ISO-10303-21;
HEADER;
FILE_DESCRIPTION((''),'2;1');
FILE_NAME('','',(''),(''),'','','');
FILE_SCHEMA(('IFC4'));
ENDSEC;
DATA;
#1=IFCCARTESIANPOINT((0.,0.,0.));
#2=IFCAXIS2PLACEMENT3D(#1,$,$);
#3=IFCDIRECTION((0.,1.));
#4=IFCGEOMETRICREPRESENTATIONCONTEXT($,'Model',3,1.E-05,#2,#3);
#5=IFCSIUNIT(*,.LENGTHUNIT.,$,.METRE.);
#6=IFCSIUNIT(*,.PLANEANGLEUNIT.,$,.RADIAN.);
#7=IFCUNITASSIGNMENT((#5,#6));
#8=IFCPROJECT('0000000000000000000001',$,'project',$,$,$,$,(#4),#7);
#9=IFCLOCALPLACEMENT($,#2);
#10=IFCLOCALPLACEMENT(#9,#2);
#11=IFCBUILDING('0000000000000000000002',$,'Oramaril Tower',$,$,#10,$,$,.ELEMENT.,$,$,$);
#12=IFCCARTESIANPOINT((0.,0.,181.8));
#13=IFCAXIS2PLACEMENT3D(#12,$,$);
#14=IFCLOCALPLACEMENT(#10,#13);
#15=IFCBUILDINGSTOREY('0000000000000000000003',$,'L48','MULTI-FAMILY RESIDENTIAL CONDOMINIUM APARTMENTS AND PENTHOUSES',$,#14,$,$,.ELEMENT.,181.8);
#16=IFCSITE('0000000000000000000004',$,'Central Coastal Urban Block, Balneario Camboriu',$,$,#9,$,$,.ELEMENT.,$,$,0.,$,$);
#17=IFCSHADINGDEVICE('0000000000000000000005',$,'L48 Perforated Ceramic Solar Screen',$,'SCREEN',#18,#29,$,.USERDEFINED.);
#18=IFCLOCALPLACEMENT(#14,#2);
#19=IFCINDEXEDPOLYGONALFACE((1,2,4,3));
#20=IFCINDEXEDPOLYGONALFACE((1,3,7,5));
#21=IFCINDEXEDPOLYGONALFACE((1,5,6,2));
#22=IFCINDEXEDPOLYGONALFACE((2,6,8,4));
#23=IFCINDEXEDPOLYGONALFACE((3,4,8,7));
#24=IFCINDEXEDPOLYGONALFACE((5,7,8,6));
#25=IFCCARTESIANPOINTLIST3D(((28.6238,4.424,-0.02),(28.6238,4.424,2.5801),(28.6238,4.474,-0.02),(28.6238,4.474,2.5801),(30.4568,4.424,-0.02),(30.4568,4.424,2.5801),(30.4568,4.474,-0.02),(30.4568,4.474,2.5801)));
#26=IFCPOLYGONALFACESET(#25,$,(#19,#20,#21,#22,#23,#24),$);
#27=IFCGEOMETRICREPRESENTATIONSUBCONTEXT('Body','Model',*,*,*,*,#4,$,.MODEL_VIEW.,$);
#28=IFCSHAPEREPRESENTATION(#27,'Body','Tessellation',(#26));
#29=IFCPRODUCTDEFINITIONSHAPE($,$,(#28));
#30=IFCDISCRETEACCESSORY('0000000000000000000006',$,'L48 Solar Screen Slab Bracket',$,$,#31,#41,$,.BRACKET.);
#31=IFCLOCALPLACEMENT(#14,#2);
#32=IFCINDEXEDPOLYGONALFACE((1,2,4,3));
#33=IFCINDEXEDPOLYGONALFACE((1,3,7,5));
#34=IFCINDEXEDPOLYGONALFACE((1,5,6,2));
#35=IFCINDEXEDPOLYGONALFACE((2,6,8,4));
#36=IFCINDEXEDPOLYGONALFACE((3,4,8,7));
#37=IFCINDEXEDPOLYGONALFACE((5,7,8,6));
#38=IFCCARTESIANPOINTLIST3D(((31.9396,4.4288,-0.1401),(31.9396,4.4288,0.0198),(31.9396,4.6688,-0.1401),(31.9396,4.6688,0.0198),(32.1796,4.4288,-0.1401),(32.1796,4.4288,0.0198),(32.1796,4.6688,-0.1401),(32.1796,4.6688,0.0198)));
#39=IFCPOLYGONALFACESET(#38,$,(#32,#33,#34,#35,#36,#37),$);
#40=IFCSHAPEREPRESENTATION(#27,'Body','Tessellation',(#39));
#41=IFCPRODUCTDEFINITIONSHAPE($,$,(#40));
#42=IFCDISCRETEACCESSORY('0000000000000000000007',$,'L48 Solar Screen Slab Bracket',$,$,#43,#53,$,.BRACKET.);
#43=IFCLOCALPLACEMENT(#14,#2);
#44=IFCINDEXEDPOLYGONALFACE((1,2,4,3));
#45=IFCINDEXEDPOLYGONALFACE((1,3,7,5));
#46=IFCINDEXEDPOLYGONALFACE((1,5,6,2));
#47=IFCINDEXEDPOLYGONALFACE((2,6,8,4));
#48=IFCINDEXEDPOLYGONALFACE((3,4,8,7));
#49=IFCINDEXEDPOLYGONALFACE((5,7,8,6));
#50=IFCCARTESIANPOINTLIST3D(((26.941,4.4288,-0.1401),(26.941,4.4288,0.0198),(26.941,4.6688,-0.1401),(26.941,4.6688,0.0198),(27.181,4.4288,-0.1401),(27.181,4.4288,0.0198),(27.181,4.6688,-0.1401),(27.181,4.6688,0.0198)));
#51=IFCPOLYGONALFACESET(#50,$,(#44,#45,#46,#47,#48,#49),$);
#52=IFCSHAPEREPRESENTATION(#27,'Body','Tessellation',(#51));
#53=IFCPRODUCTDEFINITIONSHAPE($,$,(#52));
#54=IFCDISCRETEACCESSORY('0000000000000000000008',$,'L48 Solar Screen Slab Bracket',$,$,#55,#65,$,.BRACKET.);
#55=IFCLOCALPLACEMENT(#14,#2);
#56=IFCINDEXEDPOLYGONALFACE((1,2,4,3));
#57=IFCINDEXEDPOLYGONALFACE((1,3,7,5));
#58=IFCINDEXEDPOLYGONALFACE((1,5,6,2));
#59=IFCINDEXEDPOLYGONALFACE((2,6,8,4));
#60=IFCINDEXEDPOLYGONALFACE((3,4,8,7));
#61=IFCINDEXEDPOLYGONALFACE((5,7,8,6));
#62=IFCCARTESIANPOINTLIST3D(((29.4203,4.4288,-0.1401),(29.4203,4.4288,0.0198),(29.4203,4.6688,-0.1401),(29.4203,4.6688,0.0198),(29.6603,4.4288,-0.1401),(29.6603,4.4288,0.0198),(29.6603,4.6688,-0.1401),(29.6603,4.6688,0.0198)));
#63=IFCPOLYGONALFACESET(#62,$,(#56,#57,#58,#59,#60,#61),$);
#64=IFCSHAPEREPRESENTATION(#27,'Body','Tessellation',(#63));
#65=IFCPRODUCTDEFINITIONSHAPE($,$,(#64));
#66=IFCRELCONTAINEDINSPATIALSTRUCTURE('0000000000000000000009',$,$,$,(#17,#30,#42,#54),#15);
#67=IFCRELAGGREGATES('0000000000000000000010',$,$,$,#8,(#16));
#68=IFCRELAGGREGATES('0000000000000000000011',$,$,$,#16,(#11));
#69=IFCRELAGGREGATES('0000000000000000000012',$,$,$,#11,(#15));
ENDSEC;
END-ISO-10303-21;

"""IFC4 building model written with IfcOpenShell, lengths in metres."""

from ifc_helpers import new_model, si_unit, direction, frame, origin, origin_2d, place, context, subcontext, project, spatial, rectangle, extrude, element, save


model = new_model("IFC4")

# Units and contexts
model_context = context("Model", 3, precision=1e-05, world=origin(), true_north=direction((0.0, 1.0)))
body_context = subcontext(model_context, "Body", "Model", "MODEL_VIEW")
ifc_project = project(units=[si_unit("LENGTHUNIT", "METRE"), si_unit("PLANEANGLEUNIT", "RADIAN")], contexts=[model_context])

# Site, building, storey
site_placement = place(None, origin())
site = spatial("IfcSite", under=ifc_project, at=site_placement, Name="Central Coastal Urban Block, Balneario Camboriu", CompositionType="ELEMENT", RefElevation=0.0)
building_placement = place(site_placement, origin())
building = spatial("IfcBuilding", under=site, at=building_placement, Name="Oramaril Tower", CompositionType="ELEMENT")
storey_placement = place(building_placement, frame((0.0, 0.0, 181.8)))
storey = spatial("IfcBuildingStorey", under=building, at=storey_placement, Name="L48", Description="MULTI-FAMILY RESIDENTIAL CONDOMINIUM APARTMENTS AND PENTHOUSES", CompositionType="ELEMENT", Elevation=181.8)

# Shading device
for number, where, z_axis, x_axis, name in (
    (1, (29.5403, 4.449, -0.02), (0.0, 0.0, 1.0), (1.0, 0.0, 0.0), "L48 Perforated Ceramic Solar Screen"),
):
    element("IfcShadingDevice", number, at=place(storey_placement, frame(where, z_axis=z_axis, x_axis=x_axis)), inside=storey, Name=name, ObjectType="SCREEN", PredefinedType="USERDEFINED", context=body_context, shape_type="SweptSolid", body=[
        extrude(rectangle(XDim=1.833, YDim=0.05, at=origin_2d()), origin(), (0.0, 0.0, 1.0), 2.6001),
    ])

# Discrete accessories
for number, where, z_axis, x_axis, name in (
    (2, (32.0596, 4.5488, -0.1401), (0.0, 0.0, 1.0), (1.0, 0.0, 0.0), "L48 Solar Screen Slab Bracket"),
    (3, (27.061, 4.5488, -0.1401), (0.0, 0.0, 1.0), (1.0, 0.0, 0.0), "L48 Solar Screen Slab Bracket"),
    (4, (29.5403, 4.5488, -0.1401), (0.0, 0.0, 1.0), (1.0, 0.0, 0.0), "L48 Solar Screen Slab Bracket"),
):
    element("IfcDiscreteAccessory", number, at=place(storey_placement, frame(where, z_axis=z_axis, x_axis=x_axis)), inside=storey, Name=name, PredefinedType="BRACKET", context=body_context, shape_type="SweptSolid", body=[
        extrude(rectangle(XDim=0.24, YDim=0.24, at=origin_2d()), origin(), (0.0, 0.0, 1.0), 0.1599),
    ])

save(model, "model.ifc")
